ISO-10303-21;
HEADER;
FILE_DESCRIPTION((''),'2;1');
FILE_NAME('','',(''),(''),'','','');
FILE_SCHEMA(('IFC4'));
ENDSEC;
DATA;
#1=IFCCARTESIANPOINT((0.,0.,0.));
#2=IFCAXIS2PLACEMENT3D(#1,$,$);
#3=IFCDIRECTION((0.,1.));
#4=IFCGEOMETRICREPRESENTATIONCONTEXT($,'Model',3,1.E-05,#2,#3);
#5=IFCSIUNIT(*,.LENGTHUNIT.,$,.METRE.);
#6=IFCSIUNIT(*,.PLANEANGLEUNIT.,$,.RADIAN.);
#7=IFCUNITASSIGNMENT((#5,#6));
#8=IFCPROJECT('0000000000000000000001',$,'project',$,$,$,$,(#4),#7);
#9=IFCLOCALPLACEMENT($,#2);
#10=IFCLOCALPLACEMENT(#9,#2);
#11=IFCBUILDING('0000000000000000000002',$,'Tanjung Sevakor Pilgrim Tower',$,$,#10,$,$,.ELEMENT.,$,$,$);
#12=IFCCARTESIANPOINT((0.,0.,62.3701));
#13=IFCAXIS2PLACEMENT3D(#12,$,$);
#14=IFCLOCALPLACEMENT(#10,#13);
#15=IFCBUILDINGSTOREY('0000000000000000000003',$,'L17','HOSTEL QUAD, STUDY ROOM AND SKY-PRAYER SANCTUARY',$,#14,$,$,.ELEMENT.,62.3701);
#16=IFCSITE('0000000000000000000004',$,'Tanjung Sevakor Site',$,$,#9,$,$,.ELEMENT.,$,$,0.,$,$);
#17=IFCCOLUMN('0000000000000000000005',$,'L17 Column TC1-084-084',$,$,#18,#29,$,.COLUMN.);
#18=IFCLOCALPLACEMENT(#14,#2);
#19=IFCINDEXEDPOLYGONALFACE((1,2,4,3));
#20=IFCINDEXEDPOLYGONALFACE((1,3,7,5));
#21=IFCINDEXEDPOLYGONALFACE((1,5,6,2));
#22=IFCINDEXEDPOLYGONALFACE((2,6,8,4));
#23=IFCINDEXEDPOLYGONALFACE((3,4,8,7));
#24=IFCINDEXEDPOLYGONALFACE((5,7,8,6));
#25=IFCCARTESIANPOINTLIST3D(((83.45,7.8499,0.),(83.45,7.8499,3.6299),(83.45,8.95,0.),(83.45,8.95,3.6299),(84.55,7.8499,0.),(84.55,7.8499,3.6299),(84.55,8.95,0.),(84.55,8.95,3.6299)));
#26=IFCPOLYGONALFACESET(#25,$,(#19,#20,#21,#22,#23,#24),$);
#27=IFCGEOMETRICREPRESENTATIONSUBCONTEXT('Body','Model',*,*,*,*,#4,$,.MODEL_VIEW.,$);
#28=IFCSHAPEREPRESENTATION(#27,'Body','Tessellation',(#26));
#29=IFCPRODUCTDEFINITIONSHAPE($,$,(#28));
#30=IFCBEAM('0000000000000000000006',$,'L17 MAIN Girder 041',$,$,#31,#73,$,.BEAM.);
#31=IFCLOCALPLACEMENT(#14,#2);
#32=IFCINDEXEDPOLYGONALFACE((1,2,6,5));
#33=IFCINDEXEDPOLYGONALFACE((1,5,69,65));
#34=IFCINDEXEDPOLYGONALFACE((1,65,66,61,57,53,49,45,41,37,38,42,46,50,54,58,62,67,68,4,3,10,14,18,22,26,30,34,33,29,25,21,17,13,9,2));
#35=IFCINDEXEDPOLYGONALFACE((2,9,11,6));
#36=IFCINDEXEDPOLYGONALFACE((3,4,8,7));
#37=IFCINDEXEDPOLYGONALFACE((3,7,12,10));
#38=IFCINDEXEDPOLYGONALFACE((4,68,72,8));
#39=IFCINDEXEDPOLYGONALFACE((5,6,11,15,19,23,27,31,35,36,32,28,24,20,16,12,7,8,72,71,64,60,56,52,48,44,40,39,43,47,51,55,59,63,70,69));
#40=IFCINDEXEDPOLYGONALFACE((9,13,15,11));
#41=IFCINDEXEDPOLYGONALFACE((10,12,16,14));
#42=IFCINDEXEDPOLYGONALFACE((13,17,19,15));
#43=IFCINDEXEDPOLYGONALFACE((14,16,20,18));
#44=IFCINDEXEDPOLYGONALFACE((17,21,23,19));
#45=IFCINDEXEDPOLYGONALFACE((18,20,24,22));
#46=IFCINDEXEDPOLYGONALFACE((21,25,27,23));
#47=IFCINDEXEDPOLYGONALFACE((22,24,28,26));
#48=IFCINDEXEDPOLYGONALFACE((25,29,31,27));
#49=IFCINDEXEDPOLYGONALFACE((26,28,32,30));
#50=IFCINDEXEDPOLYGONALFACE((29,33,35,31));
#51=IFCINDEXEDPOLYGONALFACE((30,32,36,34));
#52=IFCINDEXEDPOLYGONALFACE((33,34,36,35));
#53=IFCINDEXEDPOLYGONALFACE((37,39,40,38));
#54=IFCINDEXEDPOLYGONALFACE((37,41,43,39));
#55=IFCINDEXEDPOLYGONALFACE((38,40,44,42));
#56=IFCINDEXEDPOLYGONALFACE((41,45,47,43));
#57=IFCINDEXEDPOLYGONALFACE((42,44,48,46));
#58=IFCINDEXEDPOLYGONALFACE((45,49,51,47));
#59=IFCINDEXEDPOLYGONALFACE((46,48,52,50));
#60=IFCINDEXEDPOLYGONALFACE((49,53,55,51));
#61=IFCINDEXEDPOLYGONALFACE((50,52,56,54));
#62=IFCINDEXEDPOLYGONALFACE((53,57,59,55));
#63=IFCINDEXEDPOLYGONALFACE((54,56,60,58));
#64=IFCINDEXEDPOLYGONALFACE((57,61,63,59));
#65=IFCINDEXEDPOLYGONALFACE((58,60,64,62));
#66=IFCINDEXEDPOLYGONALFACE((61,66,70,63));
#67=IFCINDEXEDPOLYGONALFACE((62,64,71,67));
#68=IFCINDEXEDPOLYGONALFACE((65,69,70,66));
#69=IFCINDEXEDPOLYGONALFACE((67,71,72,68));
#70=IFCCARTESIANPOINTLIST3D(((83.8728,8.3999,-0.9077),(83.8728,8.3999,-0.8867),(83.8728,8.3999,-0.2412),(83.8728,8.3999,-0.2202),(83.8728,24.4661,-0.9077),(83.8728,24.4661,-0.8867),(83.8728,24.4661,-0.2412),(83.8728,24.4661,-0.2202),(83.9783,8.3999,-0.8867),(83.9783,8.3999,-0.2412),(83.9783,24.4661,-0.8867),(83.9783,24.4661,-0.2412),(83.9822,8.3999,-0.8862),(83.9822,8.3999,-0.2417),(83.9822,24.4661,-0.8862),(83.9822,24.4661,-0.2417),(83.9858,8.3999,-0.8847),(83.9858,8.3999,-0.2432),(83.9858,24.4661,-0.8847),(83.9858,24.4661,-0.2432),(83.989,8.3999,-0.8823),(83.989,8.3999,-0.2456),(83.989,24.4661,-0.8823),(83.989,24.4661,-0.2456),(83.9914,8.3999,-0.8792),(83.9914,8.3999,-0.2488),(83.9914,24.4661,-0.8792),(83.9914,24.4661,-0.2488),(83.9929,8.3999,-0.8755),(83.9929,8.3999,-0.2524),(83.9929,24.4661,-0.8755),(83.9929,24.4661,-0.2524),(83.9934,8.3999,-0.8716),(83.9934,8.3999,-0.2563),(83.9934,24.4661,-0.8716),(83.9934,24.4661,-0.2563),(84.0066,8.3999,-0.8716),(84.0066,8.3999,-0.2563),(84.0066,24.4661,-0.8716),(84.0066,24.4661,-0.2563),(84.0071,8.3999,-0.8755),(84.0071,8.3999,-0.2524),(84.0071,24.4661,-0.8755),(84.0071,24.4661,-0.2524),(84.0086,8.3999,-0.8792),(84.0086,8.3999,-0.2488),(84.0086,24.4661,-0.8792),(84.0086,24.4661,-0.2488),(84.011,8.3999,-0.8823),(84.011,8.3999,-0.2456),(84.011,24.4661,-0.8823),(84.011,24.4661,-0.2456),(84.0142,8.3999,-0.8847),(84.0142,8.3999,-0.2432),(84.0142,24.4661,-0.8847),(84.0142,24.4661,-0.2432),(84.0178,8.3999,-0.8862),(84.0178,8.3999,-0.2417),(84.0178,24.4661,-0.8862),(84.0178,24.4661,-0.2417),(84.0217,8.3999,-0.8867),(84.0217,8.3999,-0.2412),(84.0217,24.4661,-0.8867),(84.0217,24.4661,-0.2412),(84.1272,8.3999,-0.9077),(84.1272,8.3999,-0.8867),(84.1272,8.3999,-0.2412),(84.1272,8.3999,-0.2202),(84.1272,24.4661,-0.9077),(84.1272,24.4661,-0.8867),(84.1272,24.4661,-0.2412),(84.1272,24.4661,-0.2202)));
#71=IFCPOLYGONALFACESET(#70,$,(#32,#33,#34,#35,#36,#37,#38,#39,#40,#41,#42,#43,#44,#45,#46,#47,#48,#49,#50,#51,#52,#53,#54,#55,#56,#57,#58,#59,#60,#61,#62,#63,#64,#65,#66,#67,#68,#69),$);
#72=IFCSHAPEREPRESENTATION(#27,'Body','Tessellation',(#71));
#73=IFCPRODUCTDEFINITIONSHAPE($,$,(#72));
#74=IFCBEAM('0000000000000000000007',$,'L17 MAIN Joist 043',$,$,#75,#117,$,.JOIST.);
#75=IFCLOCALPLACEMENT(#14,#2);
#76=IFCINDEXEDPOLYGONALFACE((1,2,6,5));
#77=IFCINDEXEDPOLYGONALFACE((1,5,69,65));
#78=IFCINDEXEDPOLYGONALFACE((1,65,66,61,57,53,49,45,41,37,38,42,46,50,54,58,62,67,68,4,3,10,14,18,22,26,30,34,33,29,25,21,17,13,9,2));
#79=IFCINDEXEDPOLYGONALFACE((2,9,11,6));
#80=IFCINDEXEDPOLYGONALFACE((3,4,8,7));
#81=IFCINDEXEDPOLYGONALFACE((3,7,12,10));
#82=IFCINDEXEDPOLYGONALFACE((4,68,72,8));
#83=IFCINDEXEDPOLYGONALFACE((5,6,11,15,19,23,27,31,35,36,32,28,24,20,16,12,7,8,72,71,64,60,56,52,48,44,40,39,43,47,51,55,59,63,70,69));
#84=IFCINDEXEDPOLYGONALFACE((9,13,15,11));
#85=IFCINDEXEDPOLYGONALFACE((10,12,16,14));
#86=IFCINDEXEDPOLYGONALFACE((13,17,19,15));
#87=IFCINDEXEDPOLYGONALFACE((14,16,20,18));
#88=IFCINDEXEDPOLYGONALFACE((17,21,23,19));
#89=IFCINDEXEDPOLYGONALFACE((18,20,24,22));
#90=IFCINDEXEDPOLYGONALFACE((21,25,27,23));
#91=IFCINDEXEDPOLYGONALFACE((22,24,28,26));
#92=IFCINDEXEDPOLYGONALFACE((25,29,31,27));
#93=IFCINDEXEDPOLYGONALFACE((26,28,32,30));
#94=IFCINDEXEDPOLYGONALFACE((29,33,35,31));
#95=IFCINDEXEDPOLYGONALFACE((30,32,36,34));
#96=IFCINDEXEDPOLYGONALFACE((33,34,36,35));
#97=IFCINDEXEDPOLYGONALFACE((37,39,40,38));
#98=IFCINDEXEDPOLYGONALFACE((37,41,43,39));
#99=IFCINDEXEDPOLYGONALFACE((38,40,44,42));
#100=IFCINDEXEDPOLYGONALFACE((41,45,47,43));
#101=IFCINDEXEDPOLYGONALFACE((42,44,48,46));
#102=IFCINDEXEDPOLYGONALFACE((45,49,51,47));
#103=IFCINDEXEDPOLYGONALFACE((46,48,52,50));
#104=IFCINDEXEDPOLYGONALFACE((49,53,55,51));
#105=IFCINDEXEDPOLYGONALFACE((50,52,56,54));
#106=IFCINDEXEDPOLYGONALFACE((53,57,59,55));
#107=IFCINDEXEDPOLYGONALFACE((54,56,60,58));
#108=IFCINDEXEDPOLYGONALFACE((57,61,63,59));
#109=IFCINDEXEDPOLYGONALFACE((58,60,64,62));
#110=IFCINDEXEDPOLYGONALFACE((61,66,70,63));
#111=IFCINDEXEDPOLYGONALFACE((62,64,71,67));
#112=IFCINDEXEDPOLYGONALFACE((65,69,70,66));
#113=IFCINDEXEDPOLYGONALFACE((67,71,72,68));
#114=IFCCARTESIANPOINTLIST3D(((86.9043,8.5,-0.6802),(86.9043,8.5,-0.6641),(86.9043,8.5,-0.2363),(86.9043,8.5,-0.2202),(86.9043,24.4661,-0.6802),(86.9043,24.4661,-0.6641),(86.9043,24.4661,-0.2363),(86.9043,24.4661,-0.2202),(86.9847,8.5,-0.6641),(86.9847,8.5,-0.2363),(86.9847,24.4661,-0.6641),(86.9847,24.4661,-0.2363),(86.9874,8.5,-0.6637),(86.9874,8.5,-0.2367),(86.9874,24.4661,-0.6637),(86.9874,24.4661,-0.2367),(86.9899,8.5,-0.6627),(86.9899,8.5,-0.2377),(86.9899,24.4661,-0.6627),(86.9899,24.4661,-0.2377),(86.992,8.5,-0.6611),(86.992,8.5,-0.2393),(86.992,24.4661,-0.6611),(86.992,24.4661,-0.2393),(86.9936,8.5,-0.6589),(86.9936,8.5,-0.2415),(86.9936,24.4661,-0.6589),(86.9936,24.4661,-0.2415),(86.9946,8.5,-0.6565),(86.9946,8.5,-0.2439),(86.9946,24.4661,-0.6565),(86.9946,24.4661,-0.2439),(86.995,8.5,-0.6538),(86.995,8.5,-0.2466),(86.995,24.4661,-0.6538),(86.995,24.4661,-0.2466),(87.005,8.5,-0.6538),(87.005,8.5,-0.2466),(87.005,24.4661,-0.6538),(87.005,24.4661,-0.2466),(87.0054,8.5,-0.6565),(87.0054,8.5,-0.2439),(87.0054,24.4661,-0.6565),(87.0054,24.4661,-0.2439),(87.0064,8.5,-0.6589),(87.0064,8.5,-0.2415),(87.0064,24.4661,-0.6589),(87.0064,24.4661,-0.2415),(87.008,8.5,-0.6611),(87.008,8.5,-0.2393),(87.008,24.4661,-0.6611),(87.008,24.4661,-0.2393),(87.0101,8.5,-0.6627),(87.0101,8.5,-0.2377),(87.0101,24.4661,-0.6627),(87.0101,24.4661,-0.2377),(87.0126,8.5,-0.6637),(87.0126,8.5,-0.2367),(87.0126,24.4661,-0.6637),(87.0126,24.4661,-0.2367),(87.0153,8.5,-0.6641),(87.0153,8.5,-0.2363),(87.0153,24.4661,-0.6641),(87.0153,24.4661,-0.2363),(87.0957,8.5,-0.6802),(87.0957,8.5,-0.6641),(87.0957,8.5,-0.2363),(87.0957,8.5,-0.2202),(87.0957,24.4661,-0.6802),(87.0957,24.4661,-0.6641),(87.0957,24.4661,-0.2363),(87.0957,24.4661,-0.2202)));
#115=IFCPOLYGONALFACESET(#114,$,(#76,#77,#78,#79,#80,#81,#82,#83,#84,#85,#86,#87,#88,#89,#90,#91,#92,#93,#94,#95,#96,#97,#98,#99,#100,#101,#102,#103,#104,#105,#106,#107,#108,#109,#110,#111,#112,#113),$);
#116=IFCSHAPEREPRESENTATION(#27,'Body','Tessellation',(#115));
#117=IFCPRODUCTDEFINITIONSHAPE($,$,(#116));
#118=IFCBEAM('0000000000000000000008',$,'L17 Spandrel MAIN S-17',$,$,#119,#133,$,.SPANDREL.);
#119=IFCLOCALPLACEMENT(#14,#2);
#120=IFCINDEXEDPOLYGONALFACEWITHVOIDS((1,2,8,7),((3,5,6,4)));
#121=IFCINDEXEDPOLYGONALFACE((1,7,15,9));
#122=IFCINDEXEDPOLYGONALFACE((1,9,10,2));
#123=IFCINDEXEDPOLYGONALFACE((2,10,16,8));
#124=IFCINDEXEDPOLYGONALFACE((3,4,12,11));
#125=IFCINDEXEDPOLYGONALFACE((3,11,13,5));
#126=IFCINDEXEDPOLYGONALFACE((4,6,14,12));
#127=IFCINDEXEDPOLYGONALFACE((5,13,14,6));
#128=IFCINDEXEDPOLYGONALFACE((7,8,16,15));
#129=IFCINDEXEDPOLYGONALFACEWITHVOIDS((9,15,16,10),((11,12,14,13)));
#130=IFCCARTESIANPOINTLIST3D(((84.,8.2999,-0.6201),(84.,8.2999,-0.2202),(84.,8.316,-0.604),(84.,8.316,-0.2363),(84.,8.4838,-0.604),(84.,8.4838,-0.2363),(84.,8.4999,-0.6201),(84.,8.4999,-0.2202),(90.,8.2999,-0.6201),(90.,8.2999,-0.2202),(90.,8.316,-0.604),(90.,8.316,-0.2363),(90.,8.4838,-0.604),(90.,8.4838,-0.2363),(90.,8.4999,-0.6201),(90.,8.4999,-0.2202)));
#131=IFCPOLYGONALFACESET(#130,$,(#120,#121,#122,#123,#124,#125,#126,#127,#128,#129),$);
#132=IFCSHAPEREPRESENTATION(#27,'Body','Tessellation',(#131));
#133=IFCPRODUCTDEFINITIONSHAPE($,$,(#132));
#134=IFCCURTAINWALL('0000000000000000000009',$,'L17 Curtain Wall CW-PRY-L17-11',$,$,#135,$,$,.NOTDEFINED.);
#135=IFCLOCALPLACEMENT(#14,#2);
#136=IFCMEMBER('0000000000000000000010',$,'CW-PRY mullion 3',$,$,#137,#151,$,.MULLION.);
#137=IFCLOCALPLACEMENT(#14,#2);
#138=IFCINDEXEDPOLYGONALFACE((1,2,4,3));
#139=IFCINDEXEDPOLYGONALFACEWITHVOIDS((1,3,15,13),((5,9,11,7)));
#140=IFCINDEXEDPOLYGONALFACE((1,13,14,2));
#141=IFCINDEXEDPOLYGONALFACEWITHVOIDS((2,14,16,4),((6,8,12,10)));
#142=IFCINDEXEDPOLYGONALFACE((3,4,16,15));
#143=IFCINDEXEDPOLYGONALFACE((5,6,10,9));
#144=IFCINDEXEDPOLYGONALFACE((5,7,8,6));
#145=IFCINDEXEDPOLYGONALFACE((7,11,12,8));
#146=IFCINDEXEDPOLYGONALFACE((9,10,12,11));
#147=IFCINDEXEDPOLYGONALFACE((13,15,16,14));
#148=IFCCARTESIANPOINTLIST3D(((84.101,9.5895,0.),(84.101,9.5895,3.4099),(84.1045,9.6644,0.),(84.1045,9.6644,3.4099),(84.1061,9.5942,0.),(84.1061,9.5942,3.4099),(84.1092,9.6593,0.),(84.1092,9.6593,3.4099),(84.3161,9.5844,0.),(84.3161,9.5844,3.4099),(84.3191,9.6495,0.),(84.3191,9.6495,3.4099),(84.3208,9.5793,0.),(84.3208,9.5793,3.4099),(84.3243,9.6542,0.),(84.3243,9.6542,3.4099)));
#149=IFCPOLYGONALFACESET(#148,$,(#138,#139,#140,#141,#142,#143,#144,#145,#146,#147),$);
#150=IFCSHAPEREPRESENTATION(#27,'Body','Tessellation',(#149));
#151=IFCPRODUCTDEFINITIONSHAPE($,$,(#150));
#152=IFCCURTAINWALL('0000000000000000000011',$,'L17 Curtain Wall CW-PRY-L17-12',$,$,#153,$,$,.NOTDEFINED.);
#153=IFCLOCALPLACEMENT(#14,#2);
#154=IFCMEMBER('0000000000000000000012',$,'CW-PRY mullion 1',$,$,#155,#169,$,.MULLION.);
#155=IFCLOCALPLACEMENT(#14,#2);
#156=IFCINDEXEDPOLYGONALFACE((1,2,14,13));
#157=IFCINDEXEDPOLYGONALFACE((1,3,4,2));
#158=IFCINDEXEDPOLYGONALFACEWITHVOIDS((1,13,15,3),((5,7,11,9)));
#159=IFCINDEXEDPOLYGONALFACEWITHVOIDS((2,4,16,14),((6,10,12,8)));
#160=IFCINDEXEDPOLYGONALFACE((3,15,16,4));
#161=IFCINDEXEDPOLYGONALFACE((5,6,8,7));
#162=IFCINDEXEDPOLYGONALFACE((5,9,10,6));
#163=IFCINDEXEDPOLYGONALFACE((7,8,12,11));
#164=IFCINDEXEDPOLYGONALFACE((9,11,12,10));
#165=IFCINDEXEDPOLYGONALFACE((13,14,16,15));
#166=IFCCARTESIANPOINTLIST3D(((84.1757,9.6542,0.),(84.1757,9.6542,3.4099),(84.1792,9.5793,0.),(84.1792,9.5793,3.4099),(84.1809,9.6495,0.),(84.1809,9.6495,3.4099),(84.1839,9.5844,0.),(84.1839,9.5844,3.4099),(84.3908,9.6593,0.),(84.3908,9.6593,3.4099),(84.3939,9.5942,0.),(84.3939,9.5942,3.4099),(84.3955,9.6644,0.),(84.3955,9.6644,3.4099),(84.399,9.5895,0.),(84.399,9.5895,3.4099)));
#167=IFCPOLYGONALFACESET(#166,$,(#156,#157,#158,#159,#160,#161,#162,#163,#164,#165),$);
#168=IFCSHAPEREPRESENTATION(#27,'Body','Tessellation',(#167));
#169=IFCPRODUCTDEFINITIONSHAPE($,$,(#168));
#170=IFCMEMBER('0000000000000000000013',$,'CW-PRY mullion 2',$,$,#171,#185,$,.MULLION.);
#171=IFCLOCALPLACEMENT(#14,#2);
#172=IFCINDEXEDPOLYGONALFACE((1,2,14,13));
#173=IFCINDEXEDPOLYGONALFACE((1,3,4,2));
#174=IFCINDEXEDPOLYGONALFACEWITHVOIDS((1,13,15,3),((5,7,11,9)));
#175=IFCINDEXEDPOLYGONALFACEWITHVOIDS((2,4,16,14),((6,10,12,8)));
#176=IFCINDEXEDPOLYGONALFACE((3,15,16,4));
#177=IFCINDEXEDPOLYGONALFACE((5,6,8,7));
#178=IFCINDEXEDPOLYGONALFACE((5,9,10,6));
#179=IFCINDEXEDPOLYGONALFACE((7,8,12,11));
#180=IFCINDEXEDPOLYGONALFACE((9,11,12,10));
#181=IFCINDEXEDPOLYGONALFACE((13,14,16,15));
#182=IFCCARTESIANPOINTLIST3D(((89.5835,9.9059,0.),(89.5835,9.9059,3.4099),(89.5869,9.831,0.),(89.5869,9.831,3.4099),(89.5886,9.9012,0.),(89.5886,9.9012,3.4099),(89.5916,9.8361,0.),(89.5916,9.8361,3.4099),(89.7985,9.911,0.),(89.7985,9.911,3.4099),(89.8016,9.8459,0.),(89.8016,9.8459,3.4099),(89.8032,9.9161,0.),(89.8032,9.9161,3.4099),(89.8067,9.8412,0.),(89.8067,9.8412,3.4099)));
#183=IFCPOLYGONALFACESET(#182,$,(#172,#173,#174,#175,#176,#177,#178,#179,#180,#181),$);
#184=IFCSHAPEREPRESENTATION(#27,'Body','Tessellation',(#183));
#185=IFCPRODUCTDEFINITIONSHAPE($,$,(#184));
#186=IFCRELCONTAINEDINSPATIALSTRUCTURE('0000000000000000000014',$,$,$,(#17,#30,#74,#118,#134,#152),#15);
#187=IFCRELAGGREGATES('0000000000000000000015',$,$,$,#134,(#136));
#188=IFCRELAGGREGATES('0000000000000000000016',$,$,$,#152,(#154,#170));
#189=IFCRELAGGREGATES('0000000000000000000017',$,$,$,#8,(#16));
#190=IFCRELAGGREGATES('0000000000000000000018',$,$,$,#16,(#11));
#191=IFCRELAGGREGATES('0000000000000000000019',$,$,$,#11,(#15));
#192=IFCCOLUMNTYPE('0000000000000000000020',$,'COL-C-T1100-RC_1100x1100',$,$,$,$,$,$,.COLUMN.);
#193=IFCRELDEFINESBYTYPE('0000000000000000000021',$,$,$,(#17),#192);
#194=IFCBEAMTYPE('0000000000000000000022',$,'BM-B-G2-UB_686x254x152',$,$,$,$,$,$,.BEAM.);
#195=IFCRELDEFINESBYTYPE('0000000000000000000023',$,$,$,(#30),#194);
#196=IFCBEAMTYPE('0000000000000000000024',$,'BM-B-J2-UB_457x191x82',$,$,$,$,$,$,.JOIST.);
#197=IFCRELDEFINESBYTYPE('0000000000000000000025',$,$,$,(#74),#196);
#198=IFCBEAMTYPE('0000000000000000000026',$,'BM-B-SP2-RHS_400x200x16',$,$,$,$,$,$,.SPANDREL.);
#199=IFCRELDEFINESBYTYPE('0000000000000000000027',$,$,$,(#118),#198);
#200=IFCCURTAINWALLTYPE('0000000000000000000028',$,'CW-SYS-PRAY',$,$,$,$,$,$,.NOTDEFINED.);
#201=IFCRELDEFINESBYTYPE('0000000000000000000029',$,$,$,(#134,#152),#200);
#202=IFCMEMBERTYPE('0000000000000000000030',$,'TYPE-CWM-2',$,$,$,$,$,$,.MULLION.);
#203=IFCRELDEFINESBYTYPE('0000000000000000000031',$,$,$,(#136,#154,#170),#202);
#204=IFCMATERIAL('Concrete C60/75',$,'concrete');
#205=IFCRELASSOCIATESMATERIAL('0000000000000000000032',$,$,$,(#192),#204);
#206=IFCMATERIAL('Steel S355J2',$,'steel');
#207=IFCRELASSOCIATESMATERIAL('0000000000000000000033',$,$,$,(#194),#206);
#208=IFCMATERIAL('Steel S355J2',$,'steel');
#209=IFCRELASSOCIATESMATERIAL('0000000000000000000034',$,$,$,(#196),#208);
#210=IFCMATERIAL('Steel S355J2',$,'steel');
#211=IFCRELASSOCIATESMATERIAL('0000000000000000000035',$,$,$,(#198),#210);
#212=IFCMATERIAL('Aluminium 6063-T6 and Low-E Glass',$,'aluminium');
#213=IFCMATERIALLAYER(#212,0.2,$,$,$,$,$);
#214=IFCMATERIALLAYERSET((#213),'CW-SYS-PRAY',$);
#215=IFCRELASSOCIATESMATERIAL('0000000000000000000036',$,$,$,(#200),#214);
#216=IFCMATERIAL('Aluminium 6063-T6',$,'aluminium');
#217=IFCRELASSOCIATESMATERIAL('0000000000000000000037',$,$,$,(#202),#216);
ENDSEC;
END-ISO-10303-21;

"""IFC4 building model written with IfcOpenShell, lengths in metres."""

from ifc_helpers import new_model, si_unit, direction, frame, origin, origin_2d, place, context, subcontext, project, spatial, rectangle, hollow_rectangle, i_section, extrude, material, layer, layer_set, material_profile, profile_set, type_object, element, aggregate, save


model = new_model("IFC4")

# Units and contexts
model_context = context("Model", 3, precision=1e-05, world=origin(), true_north=direction((0.0, 1.0)))
body_context = subcontext(model_context, "Body", "Model", "MODEL_VIEW")
ifc_project = project(units=[si_unit("LENGTHUNIT", "METRE"), si_unit("PLANEANGLEUNIT", "RADIAN")], contexts=[model_context])

# Site, building, storey
site_placement = place(None, origin())
site = spatial("IfcSite", under=ifc_project, at=site_placement, Name="Tanjung Sevakor Site", CompositionType="ELEMENT", RefElevation=0.0)
building_placement = place(site_placement, origin())
building = spatial("IfcBuilding", under=site, at=building_placement, Name="Tanjung Sevakor Pilgrim Tower", CompositionType="ELEMENT")
storey_placement = place(building_placement, frame((0.0, 0.0, 62.3701)))
storey = spatial("IfcBuildingStorey", under=building, at=storey_placement, Name="L17", Description="HOSTEL QUAD, STUDY ROOM AND SKY-PRAYER SANCTUARY", CompositionType="ELEMENT", Elevation=62.3701)

# Column
ifc_material_1 = material(Name="Concrete C60/75", Category="concrete")
ifc_material_profile_1 = material_profile(ifc_material_1, rectangle(XDim=1.1001, YDim=1.1001, at=origin_2d()))
ifc_profile_set_1 = profile_set([ifc_material_profile_1], Name="Concrete C60/75")
column_type = type_object("IfcColumnType", Name="COL-C-T1100-RC_1100x1100", PredefinedType="COLUMN", material=ifc_profile_set_1)
column_placement = place(storey_placement, frame((84.0, 8.3999, 0.0), z_axis=(0.0, 0.0, 1.0), x_axis=(1.0, 0.0, 0.0)))
element("IfcColumn", 1, at=column_placement, inside=storey, type_object=column_type, Name="L17 Column TC1-084-084", PredefinedType="COLUMN", context=body_context, shape_type="SweptSolid", body=[
    extrude(rectangle(XDim=1.1001, YDim=1.1001, at=origin_2d()), origin(), (0.0, 0.0, 1.0), 3.6299),
])

# Beams
ifc_material_2 = material(Name="Steel S355J2", Category="steel")
ifc_material_profile_2 = material_profile(ifc_material_2, i_section(OverallWidth=0.2544, OverallDepth=0.6875, WebThickness=0.0132, FlangeThickness=0.021, FilletRadius=0.0151, at=origin_2d()))
ifc_profile_set_2 = profile_set([ifc_material_profile_2], Name="Steel S355J2")
beam_type_1 = type_object("IfcBeamType", Name="BM-B-G2-UB_686x254x152", PredefinedType="BEAM", material=ifc_profile_set_2)
beam_1_placement = place(storey_placement, frame((84.0, 8.3999, -0.564), z_axis=(0.0, 1.0, 0.0), x_axis=(-1.0, 0.0, 0.0)))
element("IfcBeam", 2, at=beam_1_placement, inside=storey, type_object=beam_type_1, Name="L17 MAIN Girder 041", PredefinedType="BEAM", context=body_context, shape_type="SweptSolid", body=[
    extrude(i_section(OverallWidth=0.2544, OverallDepth=0.6875, WebThickness=0.0132, FlangeThickness=0.021, FilletRadius=0.0151, at=origin_2d()), origin(), (0.0, 0.0, 1.0), 16.0662),
])
ifc_material_3 = material(Name="Steel S355J2", Category="steel")
ifc_material_profile_3 = material_profile(ifc_material_3, i_section(OverallWidth=0.1914, OverallDepth=0.46, WebThickness=0.01, FlangeThickness=0.0161, FilletRadius=0.0103, at=origin_2d()))
ifc_profile_set_3 = profile_set([ifc_material_profile_3], Name="Steel S355J2")
beam_type_2 = type_object("IfcBeamType", Name="BM-B-J2-UB_457x191x82", PredefinedType="JOIST", material=ifc_profile_set_3)
beam_2_placement = place(storey_placement, frame((87.0, 8.5, -0.4502), z_axis=(0.0, 1.0, 0.0), x_axis=(-1.0, 0.0, 0.0)))
element("IfcBeam", 3, at=beam_2_placement, inside=storey, type_object=beam_type_2, Name="L17 MAIN Joist 043", PredefinedType="JOIST", context=body_context, shape_type="SweptSolid", body=[
    extrude(i_section(OverallWidth=0.1914, OverallDepth=0.46, WebThickness=0.01, FlangeThickness=0.0161, FilletRadius=0.0103, at=origin_2d()), origin(), (0.0, 0.0, 1.0), 15.9661),
])
ifc_material_4 = material(Name="Steel S355J2", Category="steel")
ifc_material_profile_4 = material_profile(ifc_material_4, hollow_rectangle(XDim=0.2, YDim=0.3999, WallThickness=0.0161, at=origin_2d()))
ifc_profile_set_4 = profile_set([ifc_material_profile_4], Name="Steel S355J2")
beam_type_3 = type_object("IfcBeamType", Name="BM-B-SP2-RHS_400x200x16", PredefinedType="SPANDREL", material=ifc_profile_set_4)
beam_3_placement = place(storey_placement, frame((84.0, 8.3999, -0.4202), z_axis=(1.0, 0.0, 0.0), x_axis=(0.0, 1.0, 0.0)))
element("IfcBeam", 4, at=beam_3_placement, inside=storey, type_object=beam_type_3, Name="L17 Spandrel MAIN S-17", PredefinedType="SPANDREL", context=body_context, shape_type="SweptSolid", body=[
    extrude(hollow_rectangle(XDim=0.2, YDim=0.3999, WallThickness=0.0161, at=origin_2d()), origin(), (0.0, 0.0, 1.0), 6.0),
])

# Curtain wall, member
ifc_material_5 = material(Name="Aluminium 6063-T6 and Low-E Glass", Category="aluminium")
ifc_layer_1 = layer(ifc_material_5, 0.2)
ifc_layer_set_1 = layer_set([ifc_layer_1], Name="CW-SYS-PRAY")
curtain_wall_type = type_object("IfcCurtainWallType", Name="CW-SYS-PRAY", PredefinedType="NOTDEFINED", material=ifc_layer_set_1)
curtain_wall_1_placement = place(storey_placement, origin())
curtain_wall_1 = element("IfcCurtainWall", 5, at=curtain_wall_1_placement, inside=storey, type_object=curtain_wall_type, Name="L17 Curtain Wall CW-PRY-L17-11", PredefinedType="NOTDEFINED")
ifc_material_6 = material(Name="Aluminium 6063-T6", Category="aluminium")
ifc_material_profile_5 = material_profile(ifc_material_6, hollow_rectangle(XDim=0.075, YDim=0.22, WallThickness=0.0049, at=origin_2d()))
ifc_profile_set_5 = profile_set([ifc_material_profile_5], Name="Aluminium 6063-T6")
member_type_1 = type_object("IfcMemberType", Name="TYPE-CWM-2", PredefinedType="MULLION", material=ifc_profile_set_5)
member_1_placement = place(storey_placement, frame((84.2126, 9.6218, 0.0), z_axis=(0.0, 0.0, 1.0), x_axis=(0.046452, 0.998921, 0.0)))
member_1 = element("IfcMember", 6, at=member_1_placement, type_object=member_type_1, Name="CW-PRY mullion 3", PredefinedType="MULLION", context=body_context, shape_type="SweptSolid", body=[
    extrude(hollow_rectangle(XDim=0.075, YDim=0.22, WallThickness=0.0049, at=origin_2d()), origin(), (0.0, 0.0, 1.0), 3.4099),
])

# Curtain wall, members
curtain_wall_2_placement = place(storey_placement, origin())
curtain_wall_2 = element("IfcCurtainWall", 7, at=curtain_wall_2_placement, inside=storey, type_object=curtain_wall_type, Name="L17 Curtain Wall CW-PRY-L17-12", PredefinedType="NOTDEFINED")
member_2_placement = place(storey_placement, frame((84.2874, 9.6218, 0.0), z_axis=(0.0, 0.0, 1.0), x_axis=(-0.04646, 0.99892, 0.0)))
member_2 = element("IfcMember", 8, at=member_2_placement, type_object=member_type_1, Name="CW-PRY mullion 1", PredefinedType="MULLION", context=body_context, shape_type="SweptSolid", body=[
    extrude(hollow_rectangle(XDim=0.075, YDim=0.22, WallThickness=0.0049, at=origin_2d()), origin(), (0.0, 0.0, 1.0), 3.4099),
])
member_3_placement = place(storey_placement, frame((89.6951, 9.8735, 0.0), z_axis=(0.0, 0.0, 1.0), x_axis=(-0.04646, 0.99892, 0.0)))
member_3 = element("IfcMember", 9, at=member_3_placement, type_object=member_type_1, Name="CW-PRY mullion 2", PredefinedType="MULLION", context=body_context, shape_type="SweptSolid", body=[
    extrude(hollow_rectangle(XDim=0.075, YDim=0.22, WallThickness=0.0049, at=origin_2d()), origin(), (0.0, 0.0, 1.0), 3.4099),
])

aggregate(curtain_wall_1, [member_1])
aggregate(curtain_wall_2, [member_2, member_3])

save(model, "model.ifc")
